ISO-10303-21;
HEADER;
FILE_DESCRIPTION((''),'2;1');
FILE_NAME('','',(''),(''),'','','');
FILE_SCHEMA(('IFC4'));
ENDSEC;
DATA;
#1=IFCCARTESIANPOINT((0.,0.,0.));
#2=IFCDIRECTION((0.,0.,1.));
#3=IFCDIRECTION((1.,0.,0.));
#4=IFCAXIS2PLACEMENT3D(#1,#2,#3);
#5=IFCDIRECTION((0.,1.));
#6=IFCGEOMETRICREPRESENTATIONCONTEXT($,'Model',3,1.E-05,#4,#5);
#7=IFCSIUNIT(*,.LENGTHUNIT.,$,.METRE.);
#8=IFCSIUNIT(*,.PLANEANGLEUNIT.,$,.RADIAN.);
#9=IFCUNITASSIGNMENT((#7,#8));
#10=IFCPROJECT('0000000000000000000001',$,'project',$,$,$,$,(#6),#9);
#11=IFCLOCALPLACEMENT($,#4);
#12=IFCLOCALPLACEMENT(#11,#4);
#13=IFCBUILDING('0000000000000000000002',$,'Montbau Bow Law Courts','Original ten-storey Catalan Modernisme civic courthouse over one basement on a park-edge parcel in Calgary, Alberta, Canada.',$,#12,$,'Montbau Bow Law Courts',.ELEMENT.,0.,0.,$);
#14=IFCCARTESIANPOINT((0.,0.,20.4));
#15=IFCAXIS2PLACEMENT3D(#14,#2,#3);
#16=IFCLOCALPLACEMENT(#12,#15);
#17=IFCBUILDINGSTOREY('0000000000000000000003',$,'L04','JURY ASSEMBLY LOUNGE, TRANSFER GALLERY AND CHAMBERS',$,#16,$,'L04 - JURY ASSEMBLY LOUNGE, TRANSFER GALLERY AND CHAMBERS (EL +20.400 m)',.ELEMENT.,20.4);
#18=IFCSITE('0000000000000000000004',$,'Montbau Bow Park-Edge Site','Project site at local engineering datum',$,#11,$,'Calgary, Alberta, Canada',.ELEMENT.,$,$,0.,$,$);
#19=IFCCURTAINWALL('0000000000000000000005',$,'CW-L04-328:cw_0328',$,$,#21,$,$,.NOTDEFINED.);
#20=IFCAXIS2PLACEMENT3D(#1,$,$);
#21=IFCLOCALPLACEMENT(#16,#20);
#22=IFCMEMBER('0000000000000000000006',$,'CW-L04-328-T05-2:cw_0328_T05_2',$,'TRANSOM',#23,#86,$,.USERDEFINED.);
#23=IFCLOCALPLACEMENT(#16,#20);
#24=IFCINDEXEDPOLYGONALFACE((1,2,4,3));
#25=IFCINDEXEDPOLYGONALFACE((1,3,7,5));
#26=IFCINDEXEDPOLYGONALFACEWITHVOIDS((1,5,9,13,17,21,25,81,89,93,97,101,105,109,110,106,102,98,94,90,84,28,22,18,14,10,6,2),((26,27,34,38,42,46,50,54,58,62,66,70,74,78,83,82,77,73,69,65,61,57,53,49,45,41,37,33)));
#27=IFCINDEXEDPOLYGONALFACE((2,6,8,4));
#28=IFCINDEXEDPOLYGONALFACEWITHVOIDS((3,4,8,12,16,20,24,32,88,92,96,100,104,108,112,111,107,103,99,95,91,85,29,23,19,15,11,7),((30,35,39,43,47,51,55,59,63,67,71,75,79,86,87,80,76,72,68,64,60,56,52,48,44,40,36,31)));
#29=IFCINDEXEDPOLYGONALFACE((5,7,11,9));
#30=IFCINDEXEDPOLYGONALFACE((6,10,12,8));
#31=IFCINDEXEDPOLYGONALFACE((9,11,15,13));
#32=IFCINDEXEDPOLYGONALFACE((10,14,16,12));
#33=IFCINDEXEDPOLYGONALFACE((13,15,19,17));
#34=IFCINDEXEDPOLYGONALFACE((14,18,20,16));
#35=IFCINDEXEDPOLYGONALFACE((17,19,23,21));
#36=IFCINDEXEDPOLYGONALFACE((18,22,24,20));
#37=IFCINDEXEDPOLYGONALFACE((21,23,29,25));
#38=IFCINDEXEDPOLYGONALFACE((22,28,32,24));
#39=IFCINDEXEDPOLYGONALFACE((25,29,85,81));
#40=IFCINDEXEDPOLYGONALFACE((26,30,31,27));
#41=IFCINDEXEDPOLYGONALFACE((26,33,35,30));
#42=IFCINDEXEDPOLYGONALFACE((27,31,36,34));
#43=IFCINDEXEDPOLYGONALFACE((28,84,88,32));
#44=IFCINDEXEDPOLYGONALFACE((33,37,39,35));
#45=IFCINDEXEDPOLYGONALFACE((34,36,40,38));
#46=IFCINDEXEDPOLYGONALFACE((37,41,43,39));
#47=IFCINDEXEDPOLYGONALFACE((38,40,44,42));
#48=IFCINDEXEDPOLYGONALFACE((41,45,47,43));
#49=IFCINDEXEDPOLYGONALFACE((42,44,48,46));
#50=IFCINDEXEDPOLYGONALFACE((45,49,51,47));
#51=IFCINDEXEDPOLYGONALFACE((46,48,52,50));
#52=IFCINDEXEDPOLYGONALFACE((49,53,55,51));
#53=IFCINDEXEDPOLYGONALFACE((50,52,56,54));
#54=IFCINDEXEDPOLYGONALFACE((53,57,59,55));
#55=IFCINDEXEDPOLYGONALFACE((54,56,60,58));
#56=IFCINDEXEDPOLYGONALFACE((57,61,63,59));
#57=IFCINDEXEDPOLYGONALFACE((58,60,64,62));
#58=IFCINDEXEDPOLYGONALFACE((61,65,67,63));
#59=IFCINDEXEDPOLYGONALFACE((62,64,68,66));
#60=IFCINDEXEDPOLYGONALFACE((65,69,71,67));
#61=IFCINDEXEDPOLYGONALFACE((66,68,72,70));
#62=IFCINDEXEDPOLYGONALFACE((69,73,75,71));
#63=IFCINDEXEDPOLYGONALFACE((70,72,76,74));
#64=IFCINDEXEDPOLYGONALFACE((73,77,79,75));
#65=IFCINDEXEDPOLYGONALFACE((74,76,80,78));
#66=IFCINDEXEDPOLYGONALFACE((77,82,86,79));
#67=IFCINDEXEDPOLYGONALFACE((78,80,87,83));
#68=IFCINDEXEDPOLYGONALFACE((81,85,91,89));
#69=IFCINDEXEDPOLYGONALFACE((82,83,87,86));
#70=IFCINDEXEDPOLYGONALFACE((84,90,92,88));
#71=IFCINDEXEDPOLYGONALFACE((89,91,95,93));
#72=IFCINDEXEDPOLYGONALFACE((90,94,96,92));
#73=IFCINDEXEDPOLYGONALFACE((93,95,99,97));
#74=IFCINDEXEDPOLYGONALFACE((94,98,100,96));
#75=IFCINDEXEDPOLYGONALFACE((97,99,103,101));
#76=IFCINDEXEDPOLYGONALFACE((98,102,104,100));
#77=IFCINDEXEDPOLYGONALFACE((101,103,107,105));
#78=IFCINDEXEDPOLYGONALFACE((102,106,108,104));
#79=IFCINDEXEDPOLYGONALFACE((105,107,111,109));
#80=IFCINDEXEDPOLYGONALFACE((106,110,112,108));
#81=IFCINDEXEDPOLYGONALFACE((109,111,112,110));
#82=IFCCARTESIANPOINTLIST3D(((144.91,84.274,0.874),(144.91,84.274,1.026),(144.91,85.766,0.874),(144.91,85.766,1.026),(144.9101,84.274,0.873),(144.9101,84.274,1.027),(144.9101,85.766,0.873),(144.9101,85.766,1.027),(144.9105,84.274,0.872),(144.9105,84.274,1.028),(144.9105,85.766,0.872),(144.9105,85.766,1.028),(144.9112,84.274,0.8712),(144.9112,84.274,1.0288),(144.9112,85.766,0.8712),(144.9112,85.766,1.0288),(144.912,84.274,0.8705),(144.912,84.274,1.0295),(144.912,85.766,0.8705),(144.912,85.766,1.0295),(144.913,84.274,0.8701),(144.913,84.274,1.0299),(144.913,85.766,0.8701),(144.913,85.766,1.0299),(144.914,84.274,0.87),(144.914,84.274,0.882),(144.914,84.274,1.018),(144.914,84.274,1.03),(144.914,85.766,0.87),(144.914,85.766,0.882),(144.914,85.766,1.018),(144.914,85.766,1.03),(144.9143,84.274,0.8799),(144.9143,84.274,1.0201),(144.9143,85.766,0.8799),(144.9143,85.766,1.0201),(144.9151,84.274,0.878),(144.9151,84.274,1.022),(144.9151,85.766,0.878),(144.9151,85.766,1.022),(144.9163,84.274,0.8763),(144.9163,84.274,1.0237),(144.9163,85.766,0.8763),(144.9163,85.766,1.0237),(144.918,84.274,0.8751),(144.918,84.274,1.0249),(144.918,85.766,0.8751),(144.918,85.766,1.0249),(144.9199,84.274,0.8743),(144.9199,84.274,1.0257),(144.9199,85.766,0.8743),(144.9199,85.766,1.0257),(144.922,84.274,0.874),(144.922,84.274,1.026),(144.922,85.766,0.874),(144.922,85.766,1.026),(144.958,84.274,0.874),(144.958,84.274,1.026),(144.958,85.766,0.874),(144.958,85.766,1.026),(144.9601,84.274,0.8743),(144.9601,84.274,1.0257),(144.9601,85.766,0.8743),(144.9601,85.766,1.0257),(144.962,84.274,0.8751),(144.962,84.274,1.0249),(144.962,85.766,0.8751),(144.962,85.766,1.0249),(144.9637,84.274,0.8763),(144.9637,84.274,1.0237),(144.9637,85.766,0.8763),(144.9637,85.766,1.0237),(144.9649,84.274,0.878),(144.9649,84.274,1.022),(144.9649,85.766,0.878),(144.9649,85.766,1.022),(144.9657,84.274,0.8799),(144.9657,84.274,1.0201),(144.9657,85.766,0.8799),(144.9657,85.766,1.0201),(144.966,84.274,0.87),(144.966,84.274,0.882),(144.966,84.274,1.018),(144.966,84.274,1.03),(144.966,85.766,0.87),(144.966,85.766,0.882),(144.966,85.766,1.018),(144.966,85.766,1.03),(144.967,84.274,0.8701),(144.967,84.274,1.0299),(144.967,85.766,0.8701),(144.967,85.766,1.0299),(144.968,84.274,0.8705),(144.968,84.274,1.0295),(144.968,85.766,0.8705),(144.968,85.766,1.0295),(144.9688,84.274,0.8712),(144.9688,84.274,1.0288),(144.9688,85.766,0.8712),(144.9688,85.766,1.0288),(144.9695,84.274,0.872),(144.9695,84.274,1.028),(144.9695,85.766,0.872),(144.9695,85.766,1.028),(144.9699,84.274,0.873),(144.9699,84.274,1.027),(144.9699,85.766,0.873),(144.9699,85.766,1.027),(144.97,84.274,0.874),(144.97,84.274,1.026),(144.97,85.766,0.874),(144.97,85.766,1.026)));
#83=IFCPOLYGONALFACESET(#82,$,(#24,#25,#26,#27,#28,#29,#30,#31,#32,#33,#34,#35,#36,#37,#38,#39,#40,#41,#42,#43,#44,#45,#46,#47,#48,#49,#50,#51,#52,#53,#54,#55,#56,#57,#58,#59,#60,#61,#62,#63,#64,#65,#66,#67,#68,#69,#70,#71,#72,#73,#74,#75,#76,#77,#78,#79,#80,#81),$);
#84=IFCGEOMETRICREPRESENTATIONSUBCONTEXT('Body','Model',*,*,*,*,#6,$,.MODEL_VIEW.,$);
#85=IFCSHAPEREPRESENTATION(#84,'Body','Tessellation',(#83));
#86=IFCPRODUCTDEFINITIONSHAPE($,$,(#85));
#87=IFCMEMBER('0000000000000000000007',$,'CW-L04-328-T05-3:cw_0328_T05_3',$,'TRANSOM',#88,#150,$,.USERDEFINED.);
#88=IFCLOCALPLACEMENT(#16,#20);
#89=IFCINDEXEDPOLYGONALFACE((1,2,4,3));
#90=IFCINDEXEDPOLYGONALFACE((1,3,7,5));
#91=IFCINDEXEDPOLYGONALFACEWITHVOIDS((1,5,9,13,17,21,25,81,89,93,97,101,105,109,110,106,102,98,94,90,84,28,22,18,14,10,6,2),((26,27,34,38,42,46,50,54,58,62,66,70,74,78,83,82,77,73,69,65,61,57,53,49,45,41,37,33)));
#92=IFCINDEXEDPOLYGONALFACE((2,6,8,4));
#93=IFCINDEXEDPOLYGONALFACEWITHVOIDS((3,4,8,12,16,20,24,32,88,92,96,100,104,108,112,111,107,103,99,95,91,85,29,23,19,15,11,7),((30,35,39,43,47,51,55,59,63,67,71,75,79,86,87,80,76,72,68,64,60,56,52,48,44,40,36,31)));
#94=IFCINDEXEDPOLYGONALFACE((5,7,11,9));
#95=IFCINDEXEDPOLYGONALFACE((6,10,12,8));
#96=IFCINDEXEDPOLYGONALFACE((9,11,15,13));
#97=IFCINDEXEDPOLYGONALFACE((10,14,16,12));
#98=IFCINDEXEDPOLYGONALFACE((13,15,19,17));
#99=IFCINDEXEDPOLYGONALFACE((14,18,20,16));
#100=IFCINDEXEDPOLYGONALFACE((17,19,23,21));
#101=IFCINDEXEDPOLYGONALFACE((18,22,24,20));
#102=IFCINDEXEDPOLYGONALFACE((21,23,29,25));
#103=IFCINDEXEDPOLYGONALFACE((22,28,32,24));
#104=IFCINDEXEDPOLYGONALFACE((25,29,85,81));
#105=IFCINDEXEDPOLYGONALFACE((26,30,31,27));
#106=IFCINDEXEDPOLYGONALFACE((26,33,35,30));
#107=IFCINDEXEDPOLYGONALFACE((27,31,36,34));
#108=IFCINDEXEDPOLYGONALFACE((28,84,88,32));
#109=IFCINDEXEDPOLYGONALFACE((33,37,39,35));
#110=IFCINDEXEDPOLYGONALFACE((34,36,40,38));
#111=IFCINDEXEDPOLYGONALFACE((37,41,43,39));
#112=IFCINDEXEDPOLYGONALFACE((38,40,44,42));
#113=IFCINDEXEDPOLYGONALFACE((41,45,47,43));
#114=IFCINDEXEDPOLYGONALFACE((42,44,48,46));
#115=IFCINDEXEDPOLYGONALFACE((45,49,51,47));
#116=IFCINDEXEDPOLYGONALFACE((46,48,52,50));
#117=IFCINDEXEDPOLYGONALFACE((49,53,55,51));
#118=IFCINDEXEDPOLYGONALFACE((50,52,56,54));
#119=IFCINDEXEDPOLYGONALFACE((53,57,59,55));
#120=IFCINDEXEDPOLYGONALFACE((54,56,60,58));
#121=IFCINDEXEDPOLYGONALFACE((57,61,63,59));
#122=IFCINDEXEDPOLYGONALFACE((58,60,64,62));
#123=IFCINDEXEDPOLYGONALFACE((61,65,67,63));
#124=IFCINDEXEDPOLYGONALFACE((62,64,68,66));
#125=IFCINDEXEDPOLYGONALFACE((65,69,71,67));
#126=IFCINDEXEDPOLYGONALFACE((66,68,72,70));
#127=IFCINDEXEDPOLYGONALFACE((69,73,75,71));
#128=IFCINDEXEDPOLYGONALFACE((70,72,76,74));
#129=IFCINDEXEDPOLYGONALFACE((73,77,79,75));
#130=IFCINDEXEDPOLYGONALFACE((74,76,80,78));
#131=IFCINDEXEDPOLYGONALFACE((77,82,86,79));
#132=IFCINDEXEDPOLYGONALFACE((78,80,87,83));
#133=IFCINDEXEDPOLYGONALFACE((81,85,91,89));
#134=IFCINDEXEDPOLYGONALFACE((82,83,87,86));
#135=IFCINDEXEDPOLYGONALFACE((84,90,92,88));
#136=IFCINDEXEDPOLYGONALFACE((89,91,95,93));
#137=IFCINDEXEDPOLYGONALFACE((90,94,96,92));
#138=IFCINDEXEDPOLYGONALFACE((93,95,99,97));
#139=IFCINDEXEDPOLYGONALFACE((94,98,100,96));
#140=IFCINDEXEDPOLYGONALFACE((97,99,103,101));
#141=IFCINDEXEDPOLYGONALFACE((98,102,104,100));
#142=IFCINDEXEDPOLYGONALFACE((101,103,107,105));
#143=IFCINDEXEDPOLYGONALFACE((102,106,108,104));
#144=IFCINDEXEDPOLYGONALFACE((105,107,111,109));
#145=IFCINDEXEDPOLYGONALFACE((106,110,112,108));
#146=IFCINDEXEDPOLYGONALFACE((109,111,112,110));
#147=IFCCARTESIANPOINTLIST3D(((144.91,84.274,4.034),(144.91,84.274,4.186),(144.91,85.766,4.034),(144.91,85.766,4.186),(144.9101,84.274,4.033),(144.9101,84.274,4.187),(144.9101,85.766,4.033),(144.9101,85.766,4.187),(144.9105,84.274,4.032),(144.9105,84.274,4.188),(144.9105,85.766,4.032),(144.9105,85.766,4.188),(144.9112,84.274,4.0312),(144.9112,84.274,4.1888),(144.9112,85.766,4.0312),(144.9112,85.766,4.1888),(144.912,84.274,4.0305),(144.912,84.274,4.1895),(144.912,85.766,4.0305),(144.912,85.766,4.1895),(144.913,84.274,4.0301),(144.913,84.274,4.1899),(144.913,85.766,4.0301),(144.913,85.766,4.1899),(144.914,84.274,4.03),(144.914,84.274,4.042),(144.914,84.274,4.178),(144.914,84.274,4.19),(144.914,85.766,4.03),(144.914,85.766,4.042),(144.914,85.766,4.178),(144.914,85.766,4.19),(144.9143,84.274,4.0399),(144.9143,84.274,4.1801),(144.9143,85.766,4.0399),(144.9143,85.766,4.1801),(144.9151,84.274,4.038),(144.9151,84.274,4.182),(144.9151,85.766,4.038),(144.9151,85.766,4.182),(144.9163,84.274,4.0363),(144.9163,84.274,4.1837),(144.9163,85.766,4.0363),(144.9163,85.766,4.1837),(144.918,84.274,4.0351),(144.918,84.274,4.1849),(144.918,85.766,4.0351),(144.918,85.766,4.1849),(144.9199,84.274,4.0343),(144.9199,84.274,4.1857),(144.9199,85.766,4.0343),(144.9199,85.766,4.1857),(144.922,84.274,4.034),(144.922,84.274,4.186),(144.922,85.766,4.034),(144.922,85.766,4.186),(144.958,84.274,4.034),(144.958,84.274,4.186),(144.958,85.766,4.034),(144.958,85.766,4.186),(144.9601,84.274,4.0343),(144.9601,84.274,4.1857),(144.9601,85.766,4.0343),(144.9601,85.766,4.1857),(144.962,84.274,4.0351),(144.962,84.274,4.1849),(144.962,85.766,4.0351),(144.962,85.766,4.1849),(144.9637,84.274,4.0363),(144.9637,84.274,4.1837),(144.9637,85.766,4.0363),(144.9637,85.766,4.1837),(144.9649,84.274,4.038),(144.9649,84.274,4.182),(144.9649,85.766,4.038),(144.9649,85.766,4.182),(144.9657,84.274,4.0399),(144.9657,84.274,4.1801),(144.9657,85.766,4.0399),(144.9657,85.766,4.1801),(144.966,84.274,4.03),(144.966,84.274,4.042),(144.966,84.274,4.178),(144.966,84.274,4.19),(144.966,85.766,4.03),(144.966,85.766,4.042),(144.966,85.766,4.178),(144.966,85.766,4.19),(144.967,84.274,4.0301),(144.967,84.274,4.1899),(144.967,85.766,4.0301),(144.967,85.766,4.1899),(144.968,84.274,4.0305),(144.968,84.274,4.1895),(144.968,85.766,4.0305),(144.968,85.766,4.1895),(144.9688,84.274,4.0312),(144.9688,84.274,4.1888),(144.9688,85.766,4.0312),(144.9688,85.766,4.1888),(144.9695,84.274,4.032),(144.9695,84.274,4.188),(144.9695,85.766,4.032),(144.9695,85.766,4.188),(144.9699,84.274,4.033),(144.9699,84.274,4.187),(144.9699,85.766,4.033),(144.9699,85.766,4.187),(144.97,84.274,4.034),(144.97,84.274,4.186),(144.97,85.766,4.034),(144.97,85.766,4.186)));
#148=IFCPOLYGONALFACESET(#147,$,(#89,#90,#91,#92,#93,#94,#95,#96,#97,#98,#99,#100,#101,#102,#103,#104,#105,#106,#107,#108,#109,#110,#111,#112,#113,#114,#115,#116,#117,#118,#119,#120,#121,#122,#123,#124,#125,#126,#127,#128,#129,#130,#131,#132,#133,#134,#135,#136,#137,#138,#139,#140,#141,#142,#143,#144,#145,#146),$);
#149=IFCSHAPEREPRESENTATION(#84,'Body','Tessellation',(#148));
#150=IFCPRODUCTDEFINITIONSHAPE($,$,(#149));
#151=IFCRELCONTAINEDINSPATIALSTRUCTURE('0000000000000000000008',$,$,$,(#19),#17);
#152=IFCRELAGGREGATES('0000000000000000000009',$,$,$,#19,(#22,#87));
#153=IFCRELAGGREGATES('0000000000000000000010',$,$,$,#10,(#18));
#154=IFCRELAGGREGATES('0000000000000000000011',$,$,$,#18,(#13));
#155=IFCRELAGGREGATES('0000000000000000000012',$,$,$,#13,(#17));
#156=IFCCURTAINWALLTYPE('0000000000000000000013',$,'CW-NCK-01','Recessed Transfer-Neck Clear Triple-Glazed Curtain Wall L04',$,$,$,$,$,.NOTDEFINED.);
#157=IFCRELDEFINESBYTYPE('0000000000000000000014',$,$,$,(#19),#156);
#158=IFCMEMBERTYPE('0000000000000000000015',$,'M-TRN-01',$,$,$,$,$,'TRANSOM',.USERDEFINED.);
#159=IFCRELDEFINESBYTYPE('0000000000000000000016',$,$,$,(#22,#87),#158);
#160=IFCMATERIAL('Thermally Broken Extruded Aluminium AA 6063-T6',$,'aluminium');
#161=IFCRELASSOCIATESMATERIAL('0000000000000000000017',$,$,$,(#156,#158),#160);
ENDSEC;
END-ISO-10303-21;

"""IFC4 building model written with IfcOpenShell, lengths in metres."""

from ifc_helpers import new_model, si_unit, direction, frame, origin_with_axes, origin_2d_with_axis, place, context, subcontext, project, spatial, hollow_rectangle, extrude, material, material_profile, profile_set, type_object, element, aggregate, save


model = new_model("IFC4")

# Units and contexts
model_context = context("Model", 3, precision=1e-05, world=origin_with_axes(), true_north=direction((0.0, 1.0)))
body_context = subcontext(model_context, "Body", "Model", "MODEL_VIEW")
ifc_project = project(units=[si_unit("LENGTHUNIT", "METRE"), si_unit("PLANEANGLEUNIT", "RADIAN")], contexts=[model_context])

# Site, building, storey
site_placement = place(None, origin_with_axes())
site = spatial("IfcSite", under=ifc_project, at=site_placement, Name="Montbau Bow Park-Edge Site", Description="Project site at local engineering datum", LongName="Calgary, Alberta, Canada", CompositionType="ELEMENT", RefElevation=0.0)
building_placement = place(site_placement, origin_with_axes())
building = spatial("IfcBuilding", under=site, at=building_placement, Name="Montbau Bow Law Courts", Description="Original ten-storey Catalan Modernisme civic courthouse over one basement on a park-edge parcel in Calgary, Alberta, Canada.", LongName="Montbau Bow Law Courts", CompositionType="ELEMENT", ElevationOfRefHeight=0.0, ElevationOfTerrain=0.0)
storey_placement = place(building_placement, frame((0.0, 0.0, 20.4), z_axis=(0.0, 0.0, 1.0), x_axis=(1.0, 0.0, 0.0)))
storey = spatial("IfcBuildingStorey", under=building, at=storey_placement, Name="L04", Description="JURY ASSEMBLY LOUNGE, TRANSFER GALLERY AND CHAMBERS", LongName="L04 - JURY ASSEMBLY LOUNGE, TRANSFER GALLERY AND CHAMBERS (EL +20.400 m)", CompositionType="ELEMENT", Elevation=20.4)

# Curtain wall, members
ifc_material_1 = material(Name="Thermally Broken Extruded Aluminium AA 6063-T6", Category="aluminium")
curtain_wall_type = type_object("IfcCurtainWallType", Name="CW-NCK-01", Description="Recessed Transfer-Neck Clear Triple-Glazed Curtain Wall L04", PredefinedType="NOTDEFINED", material=ifc_material_1)
curtain_wall_placement = place(None, frame((144.94, 78.0, 20.4), z_axis=(0.0, 0.0, 1.0), x_axis=(1.0, 0.0, 0.0)))
curtain_wall = element("IfcCurtainWall", 1, at=curtain_wall_placement, inside=storey, type_object=curtain_wall_type, Name="CW-L04-328:cw_0328", PredefinedType="NOTDEFINED")
ifc_material_profile_1 = material_profile(ifc_material_1, hollow_rectangle(XDim=0.06, YDim=0.16, WallThickness=0.004, InnerFilletRadius=0.008, OuterFilletRadius=0.004, at=origin_2d_with_axis()), Name="CWT-160X60", Category="Main", Priority=0)
ifc_profile_set_1 = profile_set([ifc_material_profile_1], Name="Thermally Broken Extruded Aluminium AA 6063-T6")
member_type_1 = type_object("IfcMemberType", Name="M-TRN-01", ElementType="TRANSOM", PredefinedType="USERDEFINED", material=ifc_profile_set_1)
member_1_placement = place(None, frame((144.94, 84.274, 21.35), z_axis=(0.0, 1.0, 0.0), x_axis=(-1.0, 0.0, 0.0)))
member_1 = element("IfcMember", 2, at=member_1_placement, type_object=member_type_1, Name="CW-L04-328-T05-2:cw_0328_T05_2", ObjectType="TRANSOM", PredefinedType="USERDEFINED", context=body_context, shape_type="SweptSolid", body=[
    extrude(hollow_rectangle(XDim=0.06, YDim=0.16, WallThickness=0.004, InnerFilletRadius=0.008, OuterFilletRadius=0.004, at=origin_2d_with_axis()), origin_with_axes(), (0.0, 0.0, 1.0), 1.492),
])
member_2_placement = place(None, frame((144.94, 84.274, 24.51), z_axis=(0.0, 1.0, 0.0), x_axis=(-1.0, 0.0, 0.0)))
member_2 = element("IfcMember", 3, at=member_2_placement, type_object=member_type_1, Name="CW-L04-328-T05-3:cw_0328_T05_3", ObjectType="TRANSOM", PredefinedType="USERDEFINED", context=body_context, shape_type="SweptSolid", body=[
    extrude(hollow_rectangle(XDim=0.06, YDim=0.16, WallThickness=0.004, InnerFilletRadius=0.008, OuterFilletRadius=0.004, at=origin_2d_with_axis()), origin_with_axes(), (0.0, 0.0, 1.0), 1.492),
])
aggregate(curtain_wall, [member_1, member_2])

save(model, "model.ifc")
